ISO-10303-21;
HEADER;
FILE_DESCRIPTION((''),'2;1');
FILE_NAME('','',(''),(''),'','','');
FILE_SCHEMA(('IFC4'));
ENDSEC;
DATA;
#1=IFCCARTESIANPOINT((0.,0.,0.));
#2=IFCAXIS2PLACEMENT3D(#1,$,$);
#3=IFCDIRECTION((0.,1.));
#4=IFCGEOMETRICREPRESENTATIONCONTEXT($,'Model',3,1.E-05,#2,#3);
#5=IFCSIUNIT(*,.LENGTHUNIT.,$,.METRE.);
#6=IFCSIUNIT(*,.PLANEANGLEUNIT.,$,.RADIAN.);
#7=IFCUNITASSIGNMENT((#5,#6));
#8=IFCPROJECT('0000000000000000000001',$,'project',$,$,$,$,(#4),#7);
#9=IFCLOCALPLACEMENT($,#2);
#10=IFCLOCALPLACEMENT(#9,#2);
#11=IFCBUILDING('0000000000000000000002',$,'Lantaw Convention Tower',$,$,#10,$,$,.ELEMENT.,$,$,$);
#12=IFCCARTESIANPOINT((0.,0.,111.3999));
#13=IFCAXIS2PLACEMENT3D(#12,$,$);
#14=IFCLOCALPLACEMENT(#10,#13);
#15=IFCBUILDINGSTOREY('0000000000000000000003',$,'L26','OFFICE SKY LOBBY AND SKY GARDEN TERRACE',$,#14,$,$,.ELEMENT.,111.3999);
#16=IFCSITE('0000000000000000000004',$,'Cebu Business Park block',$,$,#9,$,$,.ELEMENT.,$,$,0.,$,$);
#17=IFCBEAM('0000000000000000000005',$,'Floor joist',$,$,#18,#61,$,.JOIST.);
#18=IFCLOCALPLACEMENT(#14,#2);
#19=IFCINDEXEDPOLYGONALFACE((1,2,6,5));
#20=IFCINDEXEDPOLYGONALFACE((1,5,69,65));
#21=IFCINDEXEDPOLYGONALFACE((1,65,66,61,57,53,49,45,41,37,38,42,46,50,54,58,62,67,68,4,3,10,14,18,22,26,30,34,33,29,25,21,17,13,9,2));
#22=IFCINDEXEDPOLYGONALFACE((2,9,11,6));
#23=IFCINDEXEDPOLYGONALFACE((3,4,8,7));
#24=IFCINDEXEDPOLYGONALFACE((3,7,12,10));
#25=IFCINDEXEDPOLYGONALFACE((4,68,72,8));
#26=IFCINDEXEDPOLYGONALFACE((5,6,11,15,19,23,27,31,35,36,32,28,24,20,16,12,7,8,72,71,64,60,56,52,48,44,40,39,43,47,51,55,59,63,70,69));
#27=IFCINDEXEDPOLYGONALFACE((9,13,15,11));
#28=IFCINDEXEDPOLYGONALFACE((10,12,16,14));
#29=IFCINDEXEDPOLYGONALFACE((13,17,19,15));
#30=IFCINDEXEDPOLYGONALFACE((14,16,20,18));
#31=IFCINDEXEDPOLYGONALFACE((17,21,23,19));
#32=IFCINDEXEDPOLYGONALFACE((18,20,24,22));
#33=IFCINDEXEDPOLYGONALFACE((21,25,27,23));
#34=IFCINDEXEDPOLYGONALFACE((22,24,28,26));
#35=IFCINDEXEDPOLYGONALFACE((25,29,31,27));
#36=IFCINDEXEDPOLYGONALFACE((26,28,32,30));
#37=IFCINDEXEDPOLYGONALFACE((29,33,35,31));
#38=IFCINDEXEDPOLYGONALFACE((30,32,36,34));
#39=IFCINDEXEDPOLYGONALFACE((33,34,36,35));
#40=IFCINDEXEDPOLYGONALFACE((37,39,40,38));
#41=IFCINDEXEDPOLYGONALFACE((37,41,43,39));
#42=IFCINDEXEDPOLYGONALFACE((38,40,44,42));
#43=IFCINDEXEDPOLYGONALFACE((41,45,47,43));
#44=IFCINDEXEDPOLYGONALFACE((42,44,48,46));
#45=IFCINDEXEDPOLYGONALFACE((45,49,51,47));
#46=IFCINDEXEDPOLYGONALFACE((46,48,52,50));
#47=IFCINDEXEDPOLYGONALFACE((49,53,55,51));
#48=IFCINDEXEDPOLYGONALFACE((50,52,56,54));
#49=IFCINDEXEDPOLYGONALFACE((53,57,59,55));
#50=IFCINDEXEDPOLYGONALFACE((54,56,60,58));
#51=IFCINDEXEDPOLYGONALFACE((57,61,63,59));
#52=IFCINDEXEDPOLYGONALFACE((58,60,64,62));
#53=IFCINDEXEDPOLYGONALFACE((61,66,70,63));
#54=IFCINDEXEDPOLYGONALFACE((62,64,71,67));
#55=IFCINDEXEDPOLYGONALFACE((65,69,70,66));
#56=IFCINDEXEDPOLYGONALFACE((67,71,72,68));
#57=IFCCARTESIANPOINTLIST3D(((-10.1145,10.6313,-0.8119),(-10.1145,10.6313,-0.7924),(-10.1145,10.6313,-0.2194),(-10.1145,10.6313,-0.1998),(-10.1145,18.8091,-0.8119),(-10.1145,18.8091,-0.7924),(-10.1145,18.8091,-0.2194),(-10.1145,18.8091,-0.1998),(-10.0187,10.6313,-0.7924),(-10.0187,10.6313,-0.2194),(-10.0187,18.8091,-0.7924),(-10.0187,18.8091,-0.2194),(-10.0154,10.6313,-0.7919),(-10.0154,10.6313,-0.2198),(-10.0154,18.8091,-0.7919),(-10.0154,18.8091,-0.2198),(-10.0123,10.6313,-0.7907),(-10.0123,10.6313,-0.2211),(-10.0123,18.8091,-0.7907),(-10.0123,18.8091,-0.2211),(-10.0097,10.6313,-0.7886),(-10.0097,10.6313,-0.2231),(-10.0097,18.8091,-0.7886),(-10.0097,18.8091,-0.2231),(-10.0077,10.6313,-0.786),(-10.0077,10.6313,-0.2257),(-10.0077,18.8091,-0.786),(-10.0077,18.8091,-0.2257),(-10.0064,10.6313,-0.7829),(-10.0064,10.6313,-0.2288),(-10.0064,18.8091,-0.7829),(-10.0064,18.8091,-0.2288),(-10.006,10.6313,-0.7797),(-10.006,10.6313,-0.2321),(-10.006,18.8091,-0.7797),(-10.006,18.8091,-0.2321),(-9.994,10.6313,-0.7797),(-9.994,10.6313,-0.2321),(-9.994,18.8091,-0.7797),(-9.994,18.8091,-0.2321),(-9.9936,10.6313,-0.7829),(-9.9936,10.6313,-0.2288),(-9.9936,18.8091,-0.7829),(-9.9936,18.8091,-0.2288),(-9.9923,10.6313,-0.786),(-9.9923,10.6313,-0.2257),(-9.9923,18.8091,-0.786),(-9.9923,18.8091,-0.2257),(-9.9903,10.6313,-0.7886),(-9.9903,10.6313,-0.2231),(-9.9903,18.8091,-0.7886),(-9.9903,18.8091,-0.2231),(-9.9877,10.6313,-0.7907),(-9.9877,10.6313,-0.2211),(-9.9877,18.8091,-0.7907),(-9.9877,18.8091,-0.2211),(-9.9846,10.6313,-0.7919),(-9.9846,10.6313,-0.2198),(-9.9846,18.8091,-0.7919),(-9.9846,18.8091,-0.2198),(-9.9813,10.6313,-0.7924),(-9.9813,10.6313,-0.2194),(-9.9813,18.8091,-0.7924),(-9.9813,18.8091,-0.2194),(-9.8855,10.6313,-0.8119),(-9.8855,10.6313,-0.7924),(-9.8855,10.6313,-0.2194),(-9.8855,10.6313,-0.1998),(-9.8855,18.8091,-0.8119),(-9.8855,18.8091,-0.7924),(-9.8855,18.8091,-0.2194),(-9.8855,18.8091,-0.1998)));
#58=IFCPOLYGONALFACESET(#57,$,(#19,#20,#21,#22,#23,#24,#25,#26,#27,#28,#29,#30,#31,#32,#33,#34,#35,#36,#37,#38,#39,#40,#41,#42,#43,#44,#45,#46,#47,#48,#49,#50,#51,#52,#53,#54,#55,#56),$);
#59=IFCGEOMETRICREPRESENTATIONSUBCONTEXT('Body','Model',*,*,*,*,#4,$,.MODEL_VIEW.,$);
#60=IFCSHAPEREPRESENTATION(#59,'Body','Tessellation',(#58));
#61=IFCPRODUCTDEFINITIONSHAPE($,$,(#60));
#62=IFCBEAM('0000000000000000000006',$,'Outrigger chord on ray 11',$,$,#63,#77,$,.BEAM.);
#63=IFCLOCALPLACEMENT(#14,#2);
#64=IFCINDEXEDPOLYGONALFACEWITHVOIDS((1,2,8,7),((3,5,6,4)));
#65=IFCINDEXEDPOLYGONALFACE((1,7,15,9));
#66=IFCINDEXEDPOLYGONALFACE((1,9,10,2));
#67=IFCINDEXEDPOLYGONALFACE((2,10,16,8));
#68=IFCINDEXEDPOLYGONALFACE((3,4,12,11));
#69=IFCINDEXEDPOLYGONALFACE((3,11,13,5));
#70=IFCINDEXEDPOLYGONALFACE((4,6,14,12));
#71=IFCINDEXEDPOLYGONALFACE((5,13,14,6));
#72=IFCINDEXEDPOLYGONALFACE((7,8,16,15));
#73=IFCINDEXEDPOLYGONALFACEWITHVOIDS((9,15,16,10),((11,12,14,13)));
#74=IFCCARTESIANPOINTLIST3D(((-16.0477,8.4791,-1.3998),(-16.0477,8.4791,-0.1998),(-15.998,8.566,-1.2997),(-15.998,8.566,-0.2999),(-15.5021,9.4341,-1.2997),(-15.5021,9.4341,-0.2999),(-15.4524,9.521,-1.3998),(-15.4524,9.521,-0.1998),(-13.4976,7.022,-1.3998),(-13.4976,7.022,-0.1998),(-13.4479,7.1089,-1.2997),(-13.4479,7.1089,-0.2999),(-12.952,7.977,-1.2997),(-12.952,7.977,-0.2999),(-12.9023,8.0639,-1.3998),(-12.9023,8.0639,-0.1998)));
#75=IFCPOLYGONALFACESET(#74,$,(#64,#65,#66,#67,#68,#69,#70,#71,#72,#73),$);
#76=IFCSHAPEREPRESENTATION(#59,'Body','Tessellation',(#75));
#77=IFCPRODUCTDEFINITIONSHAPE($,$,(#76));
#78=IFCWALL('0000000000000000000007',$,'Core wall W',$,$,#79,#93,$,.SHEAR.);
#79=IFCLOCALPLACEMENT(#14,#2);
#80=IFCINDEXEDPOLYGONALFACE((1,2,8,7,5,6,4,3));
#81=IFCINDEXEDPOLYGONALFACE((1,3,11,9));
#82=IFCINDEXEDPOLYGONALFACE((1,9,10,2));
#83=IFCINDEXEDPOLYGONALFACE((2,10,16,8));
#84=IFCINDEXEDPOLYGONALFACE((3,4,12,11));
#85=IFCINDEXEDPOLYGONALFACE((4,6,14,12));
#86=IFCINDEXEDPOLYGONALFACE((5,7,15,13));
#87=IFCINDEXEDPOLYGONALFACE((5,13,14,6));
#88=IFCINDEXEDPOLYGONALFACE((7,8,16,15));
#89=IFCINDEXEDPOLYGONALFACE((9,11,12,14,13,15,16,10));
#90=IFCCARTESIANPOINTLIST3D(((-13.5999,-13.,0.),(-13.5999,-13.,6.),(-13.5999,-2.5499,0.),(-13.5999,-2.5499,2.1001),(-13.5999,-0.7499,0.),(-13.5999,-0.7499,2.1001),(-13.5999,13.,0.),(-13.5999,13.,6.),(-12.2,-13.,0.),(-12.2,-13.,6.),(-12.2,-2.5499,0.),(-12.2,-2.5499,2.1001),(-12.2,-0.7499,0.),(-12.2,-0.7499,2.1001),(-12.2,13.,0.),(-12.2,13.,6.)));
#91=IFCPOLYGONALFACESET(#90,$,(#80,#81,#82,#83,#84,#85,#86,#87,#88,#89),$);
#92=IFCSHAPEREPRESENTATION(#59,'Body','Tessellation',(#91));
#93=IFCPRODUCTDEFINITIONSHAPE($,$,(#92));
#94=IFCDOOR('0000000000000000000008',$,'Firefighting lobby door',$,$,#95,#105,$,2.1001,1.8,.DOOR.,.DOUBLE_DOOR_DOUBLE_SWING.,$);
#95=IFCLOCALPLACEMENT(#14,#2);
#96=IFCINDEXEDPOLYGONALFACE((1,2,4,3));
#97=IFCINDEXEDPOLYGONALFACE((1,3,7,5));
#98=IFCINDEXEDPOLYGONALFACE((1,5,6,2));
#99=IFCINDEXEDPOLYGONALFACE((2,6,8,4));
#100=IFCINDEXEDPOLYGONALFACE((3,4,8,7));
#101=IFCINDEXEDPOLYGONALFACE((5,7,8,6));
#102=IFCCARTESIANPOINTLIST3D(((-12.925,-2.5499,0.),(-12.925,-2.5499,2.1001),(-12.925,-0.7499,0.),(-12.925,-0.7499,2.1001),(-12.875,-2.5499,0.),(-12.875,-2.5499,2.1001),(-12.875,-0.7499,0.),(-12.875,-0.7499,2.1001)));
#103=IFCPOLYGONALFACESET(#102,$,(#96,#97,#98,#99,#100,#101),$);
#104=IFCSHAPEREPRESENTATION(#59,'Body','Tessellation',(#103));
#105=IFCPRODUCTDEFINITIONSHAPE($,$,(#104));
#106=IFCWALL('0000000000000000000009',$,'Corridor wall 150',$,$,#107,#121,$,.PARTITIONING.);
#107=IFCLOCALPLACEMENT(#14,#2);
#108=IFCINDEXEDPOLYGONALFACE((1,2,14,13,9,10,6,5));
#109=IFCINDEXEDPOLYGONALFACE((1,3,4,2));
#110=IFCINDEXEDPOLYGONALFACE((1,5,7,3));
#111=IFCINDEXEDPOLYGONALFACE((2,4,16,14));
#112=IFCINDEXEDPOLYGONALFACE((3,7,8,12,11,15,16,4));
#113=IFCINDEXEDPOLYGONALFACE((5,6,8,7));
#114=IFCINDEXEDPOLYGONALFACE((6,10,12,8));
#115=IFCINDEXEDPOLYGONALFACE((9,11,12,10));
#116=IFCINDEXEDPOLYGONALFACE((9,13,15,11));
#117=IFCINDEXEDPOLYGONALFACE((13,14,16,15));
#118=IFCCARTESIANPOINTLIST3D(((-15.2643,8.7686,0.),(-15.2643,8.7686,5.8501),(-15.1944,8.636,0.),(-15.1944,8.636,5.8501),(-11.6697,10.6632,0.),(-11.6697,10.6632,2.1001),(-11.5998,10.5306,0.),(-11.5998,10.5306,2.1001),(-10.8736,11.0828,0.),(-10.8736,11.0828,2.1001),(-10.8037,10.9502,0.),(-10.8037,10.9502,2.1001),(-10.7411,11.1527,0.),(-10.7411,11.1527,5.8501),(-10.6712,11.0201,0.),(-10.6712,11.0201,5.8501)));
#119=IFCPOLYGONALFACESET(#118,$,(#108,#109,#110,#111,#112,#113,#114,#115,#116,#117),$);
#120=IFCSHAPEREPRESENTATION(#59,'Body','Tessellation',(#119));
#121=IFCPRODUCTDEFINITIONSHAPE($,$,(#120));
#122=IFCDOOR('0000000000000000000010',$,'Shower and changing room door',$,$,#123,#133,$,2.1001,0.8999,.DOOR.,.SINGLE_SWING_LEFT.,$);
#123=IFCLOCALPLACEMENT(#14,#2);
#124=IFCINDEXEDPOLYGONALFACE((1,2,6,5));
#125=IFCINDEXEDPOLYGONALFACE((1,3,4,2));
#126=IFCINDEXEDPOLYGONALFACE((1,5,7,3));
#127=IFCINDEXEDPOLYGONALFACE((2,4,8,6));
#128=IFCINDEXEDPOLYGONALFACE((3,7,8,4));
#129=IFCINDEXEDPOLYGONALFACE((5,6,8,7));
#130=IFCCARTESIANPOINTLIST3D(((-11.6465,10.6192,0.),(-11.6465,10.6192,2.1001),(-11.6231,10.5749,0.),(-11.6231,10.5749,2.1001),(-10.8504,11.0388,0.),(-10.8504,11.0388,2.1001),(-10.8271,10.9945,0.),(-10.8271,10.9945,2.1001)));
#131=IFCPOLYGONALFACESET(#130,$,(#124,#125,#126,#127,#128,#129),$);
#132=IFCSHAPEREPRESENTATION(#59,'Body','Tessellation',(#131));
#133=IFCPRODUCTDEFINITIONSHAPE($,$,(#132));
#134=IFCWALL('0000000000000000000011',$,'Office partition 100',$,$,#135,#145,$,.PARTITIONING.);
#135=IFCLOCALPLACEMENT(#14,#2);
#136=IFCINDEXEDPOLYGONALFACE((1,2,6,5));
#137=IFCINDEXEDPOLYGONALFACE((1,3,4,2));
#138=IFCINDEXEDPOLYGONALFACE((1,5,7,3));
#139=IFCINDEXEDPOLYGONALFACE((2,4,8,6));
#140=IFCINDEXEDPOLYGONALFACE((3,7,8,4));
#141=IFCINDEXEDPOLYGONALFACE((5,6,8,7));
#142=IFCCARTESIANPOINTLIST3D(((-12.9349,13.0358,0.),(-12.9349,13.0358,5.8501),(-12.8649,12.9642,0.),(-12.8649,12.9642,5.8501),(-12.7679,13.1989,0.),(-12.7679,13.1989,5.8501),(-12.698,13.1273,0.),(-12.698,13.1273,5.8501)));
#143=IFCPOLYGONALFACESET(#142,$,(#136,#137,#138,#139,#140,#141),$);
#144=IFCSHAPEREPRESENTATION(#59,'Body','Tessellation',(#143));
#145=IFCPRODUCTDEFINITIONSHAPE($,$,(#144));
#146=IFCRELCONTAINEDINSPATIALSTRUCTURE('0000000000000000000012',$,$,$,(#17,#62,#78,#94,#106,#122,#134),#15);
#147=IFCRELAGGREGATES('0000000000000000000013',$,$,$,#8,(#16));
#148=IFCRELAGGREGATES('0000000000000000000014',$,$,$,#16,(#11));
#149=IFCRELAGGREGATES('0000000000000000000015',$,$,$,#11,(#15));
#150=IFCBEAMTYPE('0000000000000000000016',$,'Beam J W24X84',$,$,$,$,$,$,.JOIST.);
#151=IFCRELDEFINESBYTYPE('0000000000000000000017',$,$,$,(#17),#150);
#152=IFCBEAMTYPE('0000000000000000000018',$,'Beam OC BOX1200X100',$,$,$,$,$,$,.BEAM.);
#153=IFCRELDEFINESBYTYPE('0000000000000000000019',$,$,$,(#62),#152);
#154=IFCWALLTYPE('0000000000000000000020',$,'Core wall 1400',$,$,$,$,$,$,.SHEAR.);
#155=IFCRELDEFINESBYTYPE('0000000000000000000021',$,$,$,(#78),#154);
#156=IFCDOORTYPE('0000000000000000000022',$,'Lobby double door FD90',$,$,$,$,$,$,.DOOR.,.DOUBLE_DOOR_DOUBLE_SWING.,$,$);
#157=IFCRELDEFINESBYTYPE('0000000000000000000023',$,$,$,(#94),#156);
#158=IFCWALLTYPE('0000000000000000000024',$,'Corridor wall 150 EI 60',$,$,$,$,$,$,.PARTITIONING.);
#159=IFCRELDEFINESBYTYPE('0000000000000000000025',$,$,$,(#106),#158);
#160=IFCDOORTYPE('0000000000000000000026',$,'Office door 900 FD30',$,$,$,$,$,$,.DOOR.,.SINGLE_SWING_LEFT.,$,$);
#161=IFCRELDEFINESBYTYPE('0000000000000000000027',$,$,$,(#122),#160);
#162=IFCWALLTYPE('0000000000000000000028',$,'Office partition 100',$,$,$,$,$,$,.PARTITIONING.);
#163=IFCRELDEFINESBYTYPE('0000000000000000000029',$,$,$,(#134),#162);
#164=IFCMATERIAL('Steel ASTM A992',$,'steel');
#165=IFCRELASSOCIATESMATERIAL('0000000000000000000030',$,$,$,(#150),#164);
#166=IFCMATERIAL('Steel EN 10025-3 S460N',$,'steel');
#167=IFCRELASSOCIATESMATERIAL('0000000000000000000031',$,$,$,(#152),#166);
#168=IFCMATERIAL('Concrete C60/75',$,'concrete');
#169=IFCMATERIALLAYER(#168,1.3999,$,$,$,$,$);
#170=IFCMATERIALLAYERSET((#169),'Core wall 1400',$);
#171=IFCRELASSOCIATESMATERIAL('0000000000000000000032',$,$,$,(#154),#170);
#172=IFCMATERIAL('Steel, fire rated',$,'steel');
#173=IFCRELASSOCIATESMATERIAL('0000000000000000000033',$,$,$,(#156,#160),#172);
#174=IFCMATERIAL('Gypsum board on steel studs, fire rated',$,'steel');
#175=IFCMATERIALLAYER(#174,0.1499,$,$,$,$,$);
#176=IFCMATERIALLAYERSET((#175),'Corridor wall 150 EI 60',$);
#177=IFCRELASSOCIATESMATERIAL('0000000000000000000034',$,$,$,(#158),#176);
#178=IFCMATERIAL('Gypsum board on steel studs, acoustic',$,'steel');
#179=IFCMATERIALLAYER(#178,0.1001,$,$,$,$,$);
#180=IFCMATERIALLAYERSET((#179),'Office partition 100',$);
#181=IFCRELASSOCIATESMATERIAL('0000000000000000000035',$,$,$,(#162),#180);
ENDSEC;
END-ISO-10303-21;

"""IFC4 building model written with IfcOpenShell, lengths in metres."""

from ifc_helpers import new_model, si_unit, direction, frame, frame_2d, origin, origin_2d, place, context, subcontext, project, spatial, rectangle, hollow_rectangle, i_section, extrude, material, layer, layer_set, material_profile, profile_set, type_object, element, fill, save


model = new_model("IFC4")

# Units and contexts
model_context = context("Model", 3, precision=1e-05, world=origin(), true_north=direction((0.0, 1.0)))
body_context = subcontext(model_context, "Body", "Model", "MODEL_VIEW")
ifc_project = project(units=[si_unit("LENGTHUNIT", "METRE"), si_unit("PLANEANGLEUNIT", "RADIAN")], contexts=[model_context])

# Site, building, storey
site_placement = place(None, origin())
site = spatial("IfcSite", under=ifc_project, at=site_placement, Name="Cebu Business Park block", CompositionType="ELEMENT", RefElevation=0.0)
building_placement = place(site_placement, origin())
building = spatial("IfcBuilding", under=site, at=building_placement, Name="Lantaw Convention Tower", CompositionType="ELEMENT")
storey_placement = place(building_placement, frame((0.0, 0.0, 111.3999)))
storey = spatial("IfcBuildingStorey", under=building, at=storey_placement, Name="L26", Description="OFFICE SKY LOBBY AND SKY GARDEN TERRACE", CompositionType="ELEMENT", Elevation=111.3999)

# Beams
ifc_material_1 = material(Name="Steel ASTM A992", Category="steel")
ifc_material_profile_1 = material_profile(ifc_material_1, i_section(OverallWidth=0.229, OverallDepth=0.6121, WebThickness=0.012, FlangeThickness=0.0195, FilletRadius=0.0127, at=origin_2d()), Name="W24X84")
ifc_profile_set_1 = profile_set([ifc_material_profile_1], Name="Steel ASTM A992")
beam_type_1 = type_object("IfcBeamType", Name="Beam J W24X84", PredefinedType="JOIST", material=ifc_profile_set_1)
beam_1_placement = place(storey_placement, frame((-10.0, 10.6313, -0.5059), z_axis=(0.0, 1.0, 0.0), x_axis=(-1.0, 0.0, 0.0)))
element("IfcBeam", 1, at=beam_1_placement, inside=storey, type_object=beam_type_1, Name="Floor joist", PredefinedType="JOIST", context=body_context, shape_type="SweptSolid", body=[
    extrude(i_section(OverallWidth=0.229, OverallDepth=0.6121, WebThickness=0.012, FlangeThickness=0.0195, FilletRadius=0.0127, at=origin_2d()), origin(), (0.0, 0.0, 1.0), 8.1777),
])
ifc_material_2 = material(Name="Steel EN 10025-3 S460N", Category="steel")
ifc_material_profile_2 = material_profile(ifc_material_2, hollow_rectangle(XDim=1.2, YDim=1.2, WallThickness=0.1001, at=origin_2d()), Name="BOX1200X100")
ifc_profile_set_2 = profile_set([ifc_material_profile_2], Name="Steel EN 10025-3 S460N")
beam_type_2 = type_object("IfcBeamType", Name="Beam OC BOX1200X100", PredefinedType="BEAM", material=ifc_profile_set_2)
beam_2_placement = place(storey_placement, frame((-13.2, 7.543, -0.7998), z_axis=(-0.868264, 0.496103, 0.0), x_axis=(-0.496103, -0.868264, 0.0)))
element("IfcBeam", 2, at=beam_2_placement, inside=storey, type_object=beam_type_2, Name="Outrigger chord on ray 11", PredefinedType="BEAM", context=body_context, shape_type="SweptSolid", body=[
    extrude(hollow_rectangle(XDim=1.2, YDim=1.2, WallThickness=0.1001, at=origin_2d()), origin(), (0.0, 0.0, 1.0), 2.937),
])

# Walls, openings, doors
ifc_material_3 = material(Name="Concrete C60/75", Category="concrete")
ifc_layer_1 = layer(ifc_material_3, 1.3999)
ifc_layer_set_1 = layer_set([ifc_layer_1], Name="Core wall 1400")
wall_type_1 = type_object("IfcWallType", Name="Core wall 1400", PredefinedType="SHEAR", material=ifc_layer_set_1)
wall_1_placement = place(storey_placement, frame((-12.8999, 13.0, 0.0), z_axis=(0.0, 0.0, 1.0), x_axis=(0.0, -1.0, 0.0)))
wall_1 = element("IfcWall", 3, at=wall_1_placement, inside=storey, type_object=wall_type_1, Name="Core wall W", PredefinedType="SHEAR", context=body_context, shape_type="SweptSolid", body=[
    extrude(rectangle(XDim=26.0, YDim=1.3999, at=frame_2d((13.0, 0.0))), origin(), (0.0, 0.0, 1.0), 6.0),
])
opening_1_placement = place(wall_1_placement, frame((13.75, 0.0, 0.0)))
opening_1 = element("IfcOpeningElement", 4, at=opening_1_placement, cuts=wall_1, PredefinedType="OPENING", context=body_context, shape_type="SweptSolid", body=[
    extrude(rectangle(XDim=1.8, YDim=2.1001, at=frame_2d((0.8999, 1.05))), frame((0.0, 0.71, 0.0), z_axis=(0.0, -1.0, 0.0), x_axis=(1.0, 0.0, 0.0)), (0.0, 0.0, 1.0), 1.4199),
])
ifc_material_4 = material(Name="Steel, fire rated", Category="steel")
door_type_1 = type_object("IfcDoorType", Name="Lobby double door FD90", OperationType="DOUBLE_DOOR_DOUBLE_SWING", PredefinedType="DOOR", material=ifc_material_4)
door_1_placement = place(opening_1_placement, origin())
door_1 = element("IfcDoor", 5, at=door_1_placement, inside=storey, type_object=door_type_1, Name="Firefighting lobby door", OperationType="DOUBLE_DOOR_DOUBLE_SWING", OverallHeight=2.1001, OverallWidth=1.8, PredefinedType="DOOR", context=body_context, shape_type="SweptSolid", body=[
    extrude(rectangle(XDim=1.8, YDim=2.1001, at=frame_2d((0.8999, 1.05))), frame((0.0, 0.0249, 0.0), z_axis=(0.0, -1.0, 0.0), x_axis=(1.0, 0.0, 0.0)), (0.0, 0.0, 1.0), 0.05),
])
fill(opening_1, door_1)
ifc_material_5 = material(Name="Gypsum board on steel studs, fire rated", Category="steel")
ifc_layer_2 = layer(ifc_material_5, 0.1499)
ifc_layer_set_2 = layer_set([ifc_layer_2], Name="Corridor wall 150 EI 60")
wall_type_2 = type_object("IfcWallType", Name="Corridor wall 150 EI 60", PredefinedType="PARTITIONING", material=ifc_layer_set_2)
wall_2_placement = place(storey_placement, frame((-10.7061, 11.0864, 0.0), z_axis=(0.0, 0.0, 1.0), x_axis=(-0.884644, -0.466268, 0.0)))
wall_2 = element("IfcWall", 6, at=wall_2_placement, inside=storey, type_object=wall_type_2, Name="Corridor wall 150", PredefinedType="PARTITIONING", context=body_context, shape_type="SweptSolid", body=[
    extrude(rectangle(XDim=5.113, YDim=0.1499, at=frame_2d((2.5566, 0.0))), origin(), (0.0, 0.0, 1.0), 5.8501),
])
opening_2_placement = place(wall_2_placement, frame((0.1499, 0.0, 0.0)))
opening_2 = element("IfcOpeningElement", 7, at=opening_2_placement, cuts=wall_2, PredefinedType="OPENING", context=body_context, shape_type="SweptSolid", body=[
    extrude(rectangle(XDim=0.8999, YDim=2.1001, at=frame_2d((0.45, 1.05))), frame((0.0, 0.085, 0.0), z_axis=(0.0, -1.0, 0.0), x_axis=(1.0, 0.0, 0.0)), (0.0, 0.0, 1.0), 0.1699),
])
door_type_2 = type_object("IfcDoorType", Name="Office door 900 FD30", OperationType="SINGLE_SWING_LEFT", PredefinedType="DOOR", material=ifc_material_4)
door_2_placement = place(opening_2_placement, origin())
door_2 = element("IfcDoor", 8, at=door_2_placement, inside=storey, type_object=door_type_2, Name="Shower and changing room door", OperationType="SINGLE_SWING_LEFT", OverallHeight=2.1001, OverallWidth=0.8999, PredefinedType="DOOR", context=body_context, shape_type="SweptSolid", body=[
    extrude(rectangle(XDim=0.8999, YDim=2.1001, at=frame_2d((0.45, 1.05))), frame((0.0, 0.0249, 0.0), z_axis=(0.0, -1.0, 0.0), x_axis=(1.0, 0.0, 0.0)), (0.0, 0.0, 1.0), 0.05),
])
fill(opening_2, door_2)

# Wall
ifc_material_6 = material(Name="Gypsum board on steel studs, acoustic", Category="steel")
ifc_layer_3 = layer(ifc_material_6, 0.1001)
ifc_layer_set_3 = layer_set([ifc_layer_3], Name="Office partition 100")
wall_type_3 = type_object("IfcWallType", Name="Office partition 100", PredefinedType="PARTITIONING", material=ifc_layer_set_3)
wall_3_placement = place(storey_placement, frame((-12.8999, 13.0, 0.0), z_axis=(0.0, 0.0, 1.0), x_axis=(0.715425, 0.69869, 0.0)))
element("IfcWall", 9, at=wall_3_placement, inside=storey, type_object=wall_type_3, Name="Office partition 100", PredefinedType="PARTITIONING", context=body_context, shape_type="SweptSolid", body=[
    extrude(rectangle(XDim=0.2334, YDim=0.1001, at=frame_2d((0.1167, 0.0))), origin(), (0.0, 0.0, 1.0), 5.8501),
])

save(model, "model.ifc")
